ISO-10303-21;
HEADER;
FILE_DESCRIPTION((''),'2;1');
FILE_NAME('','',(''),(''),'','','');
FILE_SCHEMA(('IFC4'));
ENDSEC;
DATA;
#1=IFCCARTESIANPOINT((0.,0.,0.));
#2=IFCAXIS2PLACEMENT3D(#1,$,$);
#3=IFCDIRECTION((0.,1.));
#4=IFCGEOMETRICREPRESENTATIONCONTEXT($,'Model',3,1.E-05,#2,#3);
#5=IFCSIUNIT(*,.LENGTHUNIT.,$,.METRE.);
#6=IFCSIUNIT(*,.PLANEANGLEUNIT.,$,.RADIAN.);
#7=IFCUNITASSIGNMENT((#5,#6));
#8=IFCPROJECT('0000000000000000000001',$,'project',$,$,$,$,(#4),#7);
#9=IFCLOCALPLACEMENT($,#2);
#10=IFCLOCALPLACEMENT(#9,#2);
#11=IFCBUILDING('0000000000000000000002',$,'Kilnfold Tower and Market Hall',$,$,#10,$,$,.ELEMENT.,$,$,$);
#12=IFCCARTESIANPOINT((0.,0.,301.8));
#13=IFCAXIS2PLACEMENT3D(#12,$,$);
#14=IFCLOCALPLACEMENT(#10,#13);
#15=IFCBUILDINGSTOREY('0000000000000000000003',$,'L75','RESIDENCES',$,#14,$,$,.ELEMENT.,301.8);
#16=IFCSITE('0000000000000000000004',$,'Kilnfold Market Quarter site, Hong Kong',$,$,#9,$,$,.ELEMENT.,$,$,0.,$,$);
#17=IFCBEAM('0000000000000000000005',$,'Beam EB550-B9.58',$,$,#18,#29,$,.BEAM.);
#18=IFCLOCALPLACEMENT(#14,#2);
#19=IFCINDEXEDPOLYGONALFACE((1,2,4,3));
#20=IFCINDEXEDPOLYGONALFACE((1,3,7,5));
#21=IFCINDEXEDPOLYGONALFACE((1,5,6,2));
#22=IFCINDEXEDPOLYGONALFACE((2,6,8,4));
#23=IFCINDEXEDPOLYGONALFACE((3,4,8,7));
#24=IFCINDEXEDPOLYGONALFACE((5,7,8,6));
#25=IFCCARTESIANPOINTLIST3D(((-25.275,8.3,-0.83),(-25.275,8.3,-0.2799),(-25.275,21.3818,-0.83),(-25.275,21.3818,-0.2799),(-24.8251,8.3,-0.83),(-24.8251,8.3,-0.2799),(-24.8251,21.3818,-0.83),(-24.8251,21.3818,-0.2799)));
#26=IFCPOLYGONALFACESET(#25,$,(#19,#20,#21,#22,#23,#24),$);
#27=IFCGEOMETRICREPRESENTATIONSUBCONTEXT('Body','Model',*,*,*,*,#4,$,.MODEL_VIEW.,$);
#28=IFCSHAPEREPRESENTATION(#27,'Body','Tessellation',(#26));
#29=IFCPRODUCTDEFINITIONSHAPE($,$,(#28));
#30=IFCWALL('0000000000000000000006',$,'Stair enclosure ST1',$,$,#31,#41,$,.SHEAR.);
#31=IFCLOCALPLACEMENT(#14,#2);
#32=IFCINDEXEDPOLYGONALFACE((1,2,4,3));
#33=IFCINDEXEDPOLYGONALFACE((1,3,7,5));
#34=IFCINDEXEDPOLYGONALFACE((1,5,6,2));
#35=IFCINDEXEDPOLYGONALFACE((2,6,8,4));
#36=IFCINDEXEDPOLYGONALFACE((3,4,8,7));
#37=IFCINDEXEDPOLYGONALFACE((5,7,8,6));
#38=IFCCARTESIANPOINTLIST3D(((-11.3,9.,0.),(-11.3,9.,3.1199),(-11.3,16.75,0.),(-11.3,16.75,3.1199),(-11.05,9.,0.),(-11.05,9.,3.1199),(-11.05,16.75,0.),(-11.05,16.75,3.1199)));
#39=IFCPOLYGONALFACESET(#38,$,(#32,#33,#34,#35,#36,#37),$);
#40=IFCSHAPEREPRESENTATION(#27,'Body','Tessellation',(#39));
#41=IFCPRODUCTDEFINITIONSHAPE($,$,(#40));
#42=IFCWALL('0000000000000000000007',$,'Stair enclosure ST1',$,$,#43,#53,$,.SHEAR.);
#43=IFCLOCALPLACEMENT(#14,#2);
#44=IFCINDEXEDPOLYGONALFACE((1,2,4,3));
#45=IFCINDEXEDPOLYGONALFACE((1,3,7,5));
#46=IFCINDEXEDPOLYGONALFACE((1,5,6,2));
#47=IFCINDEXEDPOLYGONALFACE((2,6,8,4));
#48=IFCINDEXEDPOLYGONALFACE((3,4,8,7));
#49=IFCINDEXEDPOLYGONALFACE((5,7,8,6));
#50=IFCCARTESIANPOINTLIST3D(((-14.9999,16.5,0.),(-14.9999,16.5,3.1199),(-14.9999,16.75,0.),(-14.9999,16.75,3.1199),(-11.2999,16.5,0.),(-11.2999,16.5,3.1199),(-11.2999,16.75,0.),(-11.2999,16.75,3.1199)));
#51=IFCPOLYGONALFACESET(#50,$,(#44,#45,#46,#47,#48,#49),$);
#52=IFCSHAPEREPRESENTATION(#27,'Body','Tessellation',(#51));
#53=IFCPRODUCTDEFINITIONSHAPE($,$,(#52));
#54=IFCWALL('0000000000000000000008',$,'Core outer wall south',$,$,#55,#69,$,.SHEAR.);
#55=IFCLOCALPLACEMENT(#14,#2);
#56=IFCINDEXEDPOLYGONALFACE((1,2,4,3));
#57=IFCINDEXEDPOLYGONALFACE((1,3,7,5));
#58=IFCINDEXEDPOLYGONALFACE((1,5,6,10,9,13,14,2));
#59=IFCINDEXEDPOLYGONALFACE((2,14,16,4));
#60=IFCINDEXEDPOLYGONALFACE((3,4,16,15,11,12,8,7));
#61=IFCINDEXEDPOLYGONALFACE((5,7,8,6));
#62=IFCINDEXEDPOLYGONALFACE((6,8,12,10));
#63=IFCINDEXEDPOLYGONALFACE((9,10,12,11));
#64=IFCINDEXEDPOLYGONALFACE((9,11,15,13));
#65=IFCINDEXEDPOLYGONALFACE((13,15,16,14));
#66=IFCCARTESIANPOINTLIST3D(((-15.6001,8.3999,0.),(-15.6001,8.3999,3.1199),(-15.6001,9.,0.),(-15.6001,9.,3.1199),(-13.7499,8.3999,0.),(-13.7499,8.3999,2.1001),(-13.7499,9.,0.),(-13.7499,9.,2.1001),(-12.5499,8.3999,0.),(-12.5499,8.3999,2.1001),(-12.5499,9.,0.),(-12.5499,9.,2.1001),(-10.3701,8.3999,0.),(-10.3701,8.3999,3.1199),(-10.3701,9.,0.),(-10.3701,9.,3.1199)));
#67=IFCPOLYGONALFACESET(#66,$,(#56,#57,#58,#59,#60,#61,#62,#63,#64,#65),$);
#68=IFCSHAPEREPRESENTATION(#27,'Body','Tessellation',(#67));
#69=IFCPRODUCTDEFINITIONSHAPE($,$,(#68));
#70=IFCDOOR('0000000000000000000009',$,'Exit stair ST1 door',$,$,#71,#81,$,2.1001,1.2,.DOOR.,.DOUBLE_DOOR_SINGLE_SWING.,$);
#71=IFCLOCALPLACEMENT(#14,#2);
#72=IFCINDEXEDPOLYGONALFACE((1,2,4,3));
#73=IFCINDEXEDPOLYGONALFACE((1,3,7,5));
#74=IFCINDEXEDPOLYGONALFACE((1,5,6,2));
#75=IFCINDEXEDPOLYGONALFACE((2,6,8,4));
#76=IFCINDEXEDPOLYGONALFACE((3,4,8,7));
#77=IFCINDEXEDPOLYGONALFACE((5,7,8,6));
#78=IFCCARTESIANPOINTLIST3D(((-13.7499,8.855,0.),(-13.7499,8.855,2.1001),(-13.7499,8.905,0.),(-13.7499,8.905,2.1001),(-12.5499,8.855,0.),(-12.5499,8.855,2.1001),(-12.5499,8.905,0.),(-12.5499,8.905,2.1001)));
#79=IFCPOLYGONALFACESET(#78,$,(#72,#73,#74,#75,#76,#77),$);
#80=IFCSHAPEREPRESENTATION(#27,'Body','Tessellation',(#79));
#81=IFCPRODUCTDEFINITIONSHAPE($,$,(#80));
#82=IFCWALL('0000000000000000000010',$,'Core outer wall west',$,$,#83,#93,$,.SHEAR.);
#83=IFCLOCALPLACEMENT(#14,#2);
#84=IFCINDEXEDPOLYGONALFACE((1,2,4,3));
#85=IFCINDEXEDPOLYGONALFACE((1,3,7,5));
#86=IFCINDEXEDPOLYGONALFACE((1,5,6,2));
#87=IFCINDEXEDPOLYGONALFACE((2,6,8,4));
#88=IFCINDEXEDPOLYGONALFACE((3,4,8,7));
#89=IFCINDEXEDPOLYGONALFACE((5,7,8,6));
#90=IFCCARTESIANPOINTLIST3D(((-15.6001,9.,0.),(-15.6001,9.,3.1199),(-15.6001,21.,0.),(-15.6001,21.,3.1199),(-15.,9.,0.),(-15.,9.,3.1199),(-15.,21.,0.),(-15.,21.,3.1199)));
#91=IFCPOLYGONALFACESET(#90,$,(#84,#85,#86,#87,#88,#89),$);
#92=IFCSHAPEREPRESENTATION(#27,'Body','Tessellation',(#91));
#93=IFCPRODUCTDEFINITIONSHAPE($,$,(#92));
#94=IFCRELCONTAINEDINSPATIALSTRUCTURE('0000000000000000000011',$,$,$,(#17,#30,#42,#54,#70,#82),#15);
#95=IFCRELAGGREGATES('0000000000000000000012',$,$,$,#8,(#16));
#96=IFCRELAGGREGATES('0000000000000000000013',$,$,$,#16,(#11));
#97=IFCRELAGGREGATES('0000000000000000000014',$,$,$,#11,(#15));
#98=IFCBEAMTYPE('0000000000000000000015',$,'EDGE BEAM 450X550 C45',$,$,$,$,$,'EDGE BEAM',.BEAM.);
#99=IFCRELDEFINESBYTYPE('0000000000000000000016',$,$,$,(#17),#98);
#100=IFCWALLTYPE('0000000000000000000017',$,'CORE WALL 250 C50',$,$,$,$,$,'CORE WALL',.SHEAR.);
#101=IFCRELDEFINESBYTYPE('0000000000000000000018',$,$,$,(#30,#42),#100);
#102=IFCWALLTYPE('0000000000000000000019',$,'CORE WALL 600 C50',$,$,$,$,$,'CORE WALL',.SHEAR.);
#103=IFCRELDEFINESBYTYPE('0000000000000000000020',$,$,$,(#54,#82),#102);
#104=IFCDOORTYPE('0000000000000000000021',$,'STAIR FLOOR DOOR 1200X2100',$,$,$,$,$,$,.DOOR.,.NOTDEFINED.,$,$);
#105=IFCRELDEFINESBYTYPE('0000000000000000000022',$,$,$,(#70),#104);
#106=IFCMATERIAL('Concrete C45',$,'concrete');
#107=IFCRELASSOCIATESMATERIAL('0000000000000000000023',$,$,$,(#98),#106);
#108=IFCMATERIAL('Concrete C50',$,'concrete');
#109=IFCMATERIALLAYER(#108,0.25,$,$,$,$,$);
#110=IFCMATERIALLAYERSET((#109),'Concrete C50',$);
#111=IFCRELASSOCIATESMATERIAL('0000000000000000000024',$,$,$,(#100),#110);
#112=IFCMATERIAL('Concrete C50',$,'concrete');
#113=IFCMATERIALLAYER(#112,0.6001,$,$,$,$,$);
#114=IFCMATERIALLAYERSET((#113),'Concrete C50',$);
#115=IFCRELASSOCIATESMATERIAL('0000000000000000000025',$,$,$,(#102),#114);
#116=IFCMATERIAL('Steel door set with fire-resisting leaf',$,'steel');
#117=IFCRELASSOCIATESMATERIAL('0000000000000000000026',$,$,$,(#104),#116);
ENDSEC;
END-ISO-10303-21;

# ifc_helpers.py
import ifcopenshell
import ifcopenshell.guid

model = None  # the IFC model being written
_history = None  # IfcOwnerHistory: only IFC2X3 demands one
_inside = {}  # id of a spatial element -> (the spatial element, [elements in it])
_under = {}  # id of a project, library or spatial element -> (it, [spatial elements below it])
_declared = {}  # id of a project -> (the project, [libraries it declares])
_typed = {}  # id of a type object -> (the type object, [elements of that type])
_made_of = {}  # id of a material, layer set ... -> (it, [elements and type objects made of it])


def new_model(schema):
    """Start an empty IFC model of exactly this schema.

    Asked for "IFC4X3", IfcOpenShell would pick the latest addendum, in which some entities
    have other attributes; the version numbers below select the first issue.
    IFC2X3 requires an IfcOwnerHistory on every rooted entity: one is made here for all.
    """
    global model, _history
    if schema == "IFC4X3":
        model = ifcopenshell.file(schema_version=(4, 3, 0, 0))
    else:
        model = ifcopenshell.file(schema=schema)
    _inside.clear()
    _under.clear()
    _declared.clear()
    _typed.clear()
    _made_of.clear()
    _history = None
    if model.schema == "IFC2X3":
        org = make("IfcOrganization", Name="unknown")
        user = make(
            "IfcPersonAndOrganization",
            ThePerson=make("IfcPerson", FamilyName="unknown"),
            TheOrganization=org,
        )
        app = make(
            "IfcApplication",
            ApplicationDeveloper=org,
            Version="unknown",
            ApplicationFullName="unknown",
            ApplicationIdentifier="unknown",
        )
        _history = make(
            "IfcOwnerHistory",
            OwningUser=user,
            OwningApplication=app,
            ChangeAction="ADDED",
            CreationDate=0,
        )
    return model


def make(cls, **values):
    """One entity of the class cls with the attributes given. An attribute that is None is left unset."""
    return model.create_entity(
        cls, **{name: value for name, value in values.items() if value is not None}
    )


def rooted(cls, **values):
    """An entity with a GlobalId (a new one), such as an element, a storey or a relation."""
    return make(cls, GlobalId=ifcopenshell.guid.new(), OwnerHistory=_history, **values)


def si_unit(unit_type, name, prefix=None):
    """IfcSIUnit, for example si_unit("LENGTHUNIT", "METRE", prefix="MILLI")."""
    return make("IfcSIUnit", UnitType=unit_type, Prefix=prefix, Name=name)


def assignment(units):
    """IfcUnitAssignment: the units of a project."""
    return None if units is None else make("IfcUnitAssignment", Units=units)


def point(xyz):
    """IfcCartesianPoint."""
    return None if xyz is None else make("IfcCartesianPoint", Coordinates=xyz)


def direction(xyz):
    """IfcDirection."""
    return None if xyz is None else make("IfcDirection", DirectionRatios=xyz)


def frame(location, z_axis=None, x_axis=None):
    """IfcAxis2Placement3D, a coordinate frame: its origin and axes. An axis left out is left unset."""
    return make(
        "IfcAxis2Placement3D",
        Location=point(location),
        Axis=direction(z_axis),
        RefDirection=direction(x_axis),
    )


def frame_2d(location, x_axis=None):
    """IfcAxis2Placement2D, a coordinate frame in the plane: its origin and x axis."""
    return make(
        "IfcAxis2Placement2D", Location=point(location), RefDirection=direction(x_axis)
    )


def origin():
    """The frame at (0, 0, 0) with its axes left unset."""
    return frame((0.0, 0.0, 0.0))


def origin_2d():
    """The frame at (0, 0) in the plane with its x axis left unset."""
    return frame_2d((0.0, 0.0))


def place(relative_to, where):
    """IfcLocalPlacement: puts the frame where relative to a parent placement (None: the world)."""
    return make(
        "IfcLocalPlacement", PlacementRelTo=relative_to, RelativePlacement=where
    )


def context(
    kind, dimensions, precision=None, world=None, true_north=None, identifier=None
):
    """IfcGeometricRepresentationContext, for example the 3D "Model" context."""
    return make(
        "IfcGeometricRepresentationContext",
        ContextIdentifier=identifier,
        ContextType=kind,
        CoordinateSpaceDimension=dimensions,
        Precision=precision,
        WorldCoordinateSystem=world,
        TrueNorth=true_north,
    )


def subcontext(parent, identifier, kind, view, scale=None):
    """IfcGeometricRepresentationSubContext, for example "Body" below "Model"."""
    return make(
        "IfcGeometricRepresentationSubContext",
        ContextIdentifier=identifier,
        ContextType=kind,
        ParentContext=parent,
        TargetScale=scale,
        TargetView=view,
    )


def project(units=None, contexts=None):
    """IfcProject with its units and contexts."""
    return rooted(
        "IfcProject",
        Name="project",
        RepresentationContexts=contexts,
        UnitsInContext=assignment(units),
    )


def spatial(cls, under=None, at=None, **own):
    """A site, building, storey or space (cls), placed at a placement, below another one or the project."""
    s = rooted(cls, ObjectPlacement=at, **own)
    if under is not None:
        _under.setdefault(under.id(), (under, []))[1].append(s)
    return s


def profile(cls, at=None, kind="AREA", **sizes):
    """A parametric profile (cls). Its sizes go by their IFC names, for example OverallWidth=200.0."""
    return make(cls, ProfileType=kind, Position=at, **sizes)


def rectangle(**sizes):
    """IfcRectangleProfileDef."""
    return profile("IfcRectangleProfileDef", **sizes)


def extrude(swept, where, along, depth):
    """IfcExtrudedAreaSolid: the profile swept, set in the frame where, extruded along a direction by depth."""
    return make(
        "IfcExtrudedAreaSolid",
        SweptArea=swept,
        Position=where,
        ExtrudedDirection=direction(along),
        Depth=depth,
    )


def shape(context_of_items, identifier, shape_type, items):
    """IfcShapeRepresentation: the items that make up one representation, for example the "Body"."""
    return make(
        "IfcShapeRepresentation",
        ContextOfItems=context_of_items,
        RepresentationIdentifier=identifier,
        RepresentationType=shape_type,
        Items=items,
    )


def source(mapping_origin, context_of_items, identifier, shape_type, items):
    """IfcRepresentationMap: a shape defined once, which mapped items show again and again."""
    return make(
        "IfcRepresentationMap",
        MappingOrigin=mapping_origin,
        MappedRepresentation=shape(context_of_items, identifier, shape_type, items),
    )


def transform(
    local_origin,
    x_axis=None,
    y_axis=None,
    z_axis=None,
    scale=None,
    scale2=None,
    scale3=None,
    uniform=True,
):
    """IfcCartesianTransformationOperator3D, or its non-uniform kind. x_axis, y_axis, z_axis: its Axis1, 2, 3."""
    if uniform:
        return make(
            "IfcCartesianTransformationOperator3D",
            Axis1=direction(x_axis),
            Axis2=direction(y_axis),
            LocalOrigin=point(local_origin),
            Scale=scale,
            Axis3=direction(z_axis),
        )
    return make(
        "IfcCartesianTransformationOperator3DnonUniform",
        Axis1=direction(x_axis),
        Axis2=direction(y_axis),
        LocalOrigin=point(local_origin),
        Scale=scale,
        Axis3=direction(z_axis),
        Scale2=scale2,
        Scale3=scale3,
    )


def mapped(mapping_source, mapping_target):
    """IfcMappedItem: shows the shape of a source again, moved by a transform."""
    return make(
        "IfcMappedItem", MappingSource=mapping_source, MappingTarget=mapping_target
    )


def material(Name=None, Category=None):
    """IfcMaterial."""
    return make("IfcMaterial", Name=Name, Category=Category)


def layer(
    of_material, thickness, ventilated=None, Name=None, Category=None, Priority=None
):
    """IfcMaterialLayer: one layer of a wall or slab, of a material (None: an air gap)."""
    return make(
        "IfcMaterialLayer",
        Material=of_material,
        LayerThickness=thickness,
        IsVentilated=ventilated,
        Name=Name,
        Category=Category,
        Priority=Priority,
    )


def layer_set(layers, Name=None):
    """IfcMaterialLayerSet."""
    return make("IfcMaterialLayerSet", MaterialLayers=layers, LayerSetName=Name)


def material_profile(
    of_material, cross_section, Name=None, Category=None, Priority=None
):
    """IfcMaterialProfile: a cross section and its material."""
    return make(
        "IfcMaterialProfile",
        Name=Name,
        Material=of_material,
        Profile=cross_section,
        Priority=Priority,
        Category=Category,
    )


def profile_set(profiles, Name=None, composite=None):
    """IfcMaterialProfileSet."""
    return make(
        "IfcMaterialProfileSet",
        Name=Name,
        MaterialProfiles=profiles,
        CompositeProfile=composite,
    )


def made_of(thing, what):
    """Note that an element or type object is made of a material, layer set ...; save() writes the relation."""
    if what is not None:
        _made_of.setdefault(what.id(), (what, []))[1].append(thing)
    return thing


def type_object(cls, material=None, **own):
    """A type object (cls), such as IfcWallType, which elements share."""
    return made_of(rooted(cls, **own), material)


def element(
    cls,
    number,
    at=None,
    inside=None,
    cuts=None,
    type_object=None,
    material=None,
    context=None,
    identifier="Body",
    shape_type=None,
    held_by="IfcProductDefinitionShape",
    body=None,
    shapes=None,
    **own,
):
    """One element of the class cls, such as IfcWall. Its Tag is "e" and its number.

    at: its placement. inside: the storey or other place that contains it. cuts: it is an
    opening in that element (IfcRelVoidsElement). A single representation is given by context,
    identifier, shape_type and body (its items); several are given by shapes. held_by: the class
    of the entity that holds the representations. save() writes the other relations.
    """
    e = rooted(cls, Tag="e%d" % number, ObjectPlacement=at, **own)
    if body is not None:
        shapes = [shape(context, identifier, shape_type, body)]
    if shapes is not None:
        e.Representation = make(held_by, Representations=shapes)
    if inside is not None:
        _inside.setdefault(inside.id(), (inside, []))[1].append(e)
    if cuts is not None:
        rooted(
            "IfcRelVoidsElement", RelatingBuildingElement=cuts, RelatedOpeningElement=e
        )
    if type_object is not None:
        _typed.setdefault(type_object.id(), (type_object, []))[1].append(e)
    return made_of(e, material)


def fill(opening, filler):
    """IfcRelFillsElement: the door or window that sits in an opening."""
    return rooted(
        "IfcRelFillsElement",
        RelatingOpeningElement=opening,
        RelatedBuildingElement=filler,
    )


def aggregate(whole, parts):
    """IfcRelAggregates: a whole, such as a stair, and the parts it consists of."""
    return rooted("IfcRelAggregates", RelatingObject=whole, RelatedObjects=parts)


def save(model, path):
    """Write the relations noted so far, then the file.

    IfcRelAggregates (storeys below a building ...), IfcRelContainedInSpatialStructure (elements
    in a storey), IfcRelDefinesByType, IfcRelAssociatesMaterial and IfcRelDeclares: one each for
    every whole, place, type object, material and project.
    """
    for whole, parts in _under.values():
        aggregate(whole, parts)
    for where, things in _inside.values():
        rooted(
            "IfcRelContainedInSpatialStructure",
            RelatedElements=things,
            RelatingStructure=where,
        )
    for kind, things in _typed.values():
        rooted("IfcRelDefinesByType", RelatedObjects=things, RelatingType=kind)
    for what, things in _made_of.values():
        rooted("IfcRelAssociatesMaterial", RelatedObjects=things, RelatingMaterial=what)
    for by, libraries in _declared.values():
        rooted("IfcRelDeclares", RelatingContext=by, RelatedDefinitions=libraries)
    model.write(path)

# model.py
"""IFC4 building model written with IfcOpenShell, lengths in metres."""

from ifc_helpers import new_model, si_unit, direction, frame, frame_2d, origin, origin_2d, place, context, subcontext, project, spatial, rectangle, extrude, source, transform, mapped, material, layer, layer_set, material_profile, profile_set, type_object, element, fill, save


model = new_model("IFC4")

# Units and contexts
model_context = context("Model", 3, precision=1e-05, world=origin(), true_north=direction((0.0, 1.0)))
body_context = subcontext(model_context, "Body", "Model", "MODEL_VIEW")
ifc_project = project(units=[si_unit("LENGTHUNIT", "METRE"), si_unit("PLANEANGLEUNIT", "RADIAN")], contexts=[model_context])

# Site, building, storey
site_placement = place(None, origin())
site = spatial("IfcSite", under=ifc_project, at=site_placement, Name="Kilnfold Market Quarter site, Hong Kong", CompositionType="ELEMENT", RefElevation=0.0)
building_placement = place(site_placement, origin())
building = spatial("IfcBuilding", under=site, at=building_placement, Name="Kilnfold Tower and Market Hall", CompositionType="ELEMENT")
storey_placement = place(building_placement, frame((0.0, 0.0, 301.8)))
storey = spatial("IfcBuildingStorey", under=building, at=storey_placement, Name="L75", Description="RESIDENCES", CompositionType="ELEMENT", Elevation=301.8)

# Beam
ifc_material_1 = material(Name="Concrete C45", Category="concrete")
ifc_material_profile = material_profile(ifc_material_1, rectangle(XDim=0.45, YDim=0.55, at=origin_2d()), Name="RC 450x550")
ifc_profile_set = profile_set([ifc_material_profile], Name="Concrete C45")
beam_type = type_object("IfcBeamType", Name="EDGE BEAM 450X550 C45", ElementType="EDGE BEAM", PredefinedType="BEAM", material=ifc_profile_set)
shared_shape_1 = source(origin(), body_context, "Body", "SweptSolid", [
    extrude(rectangle(XDim=0.45, YDim=0.55, at=origin_2d()), origin(), (0.0, 0.0, 1.0), 13.0818),
])
beam_placement = place(storey_placement, frame((-25.05, 8.3, -0.5549), z_axis=(0.0, 1.0, 0.0), x_axis=(-1.0, 0.0, 0.0)))
element("IfcBeam", 1, at=beam_placement, inside=storey, type_object=beam_type, Name="Beam EB550-B9.58", PredefinedType="BEAM", context=body_context, shape_type="MappedRepresentation", body=[
    mapped(shared_shape_1, transform((0.0, 0.0, 0.0))),
])

# Walls
ifc_material_2 = material(Name="Concrete C50", Category="concrete")
ifc_layer_1 = layer(ifc_material_2, 0.25)
ifc_layer_set_1 = layer_set([ifc_layer_1], Name="Concrete C50")
wall_type_1 = type_object("IfcWallType", Name="CORE WALL 250 C50", ElementType="CORE WALL", PredefinedType="SHEAR", material=ifc_layer_set_1)
shared_shape_2 = source(origin(), body_context, "Body", "SweptSolid", [
    extrude(rectangle(XDim=7.75, YDim=0.25, at=frame_2d((3.875, 0.0))), origin(), (0.0, 0.0, 1.0), 3.1199),
])
wall_1_placement = place(storey_placement, frame((-11.175, 9.0, 0.0), z_axis=(0.0, 0.0, 1.0), x_axis=(0.0, 1.0, 0.0)))
element("IfcWall", 2, at=wall_1_placement, inside=storey, type_object=wall_type_1, Name="Stair enclosure ST1", PredefinedType="SHEAR", context=body_context, shape_type="MappedRepresentation", body=[
    mapped(shared_shape_2, transform((0.0, 0.0, 0.0))),
])
shared_shape_3 = source(origin(), body_context, "Body", "SweptSolid", [
    extrude(rectangle(XDim=3.7, YDim=0.25, at=frame_2d((1.8501, 0.0))), origin(), (0.0, 0.0, 1.0), 3.1199),
])
wall_2_placement = place(storey_placement, frame((-15.0, 16.625, 0.0), z_axis=(0.0, 0.0, 1.0), x_axis=(1.0, 0.0, 0.0)))
element("IfcWall", 3, at=wall_2_placement, inside=storey, type_object=wall_type_1, Name="Stair enclosure ST1", PredefinedType="SHEAR", context=body_context, shape_type="MappedRepresentation", body=[
    mapped(shared_shape_3, transform((0.0, 0.0, 0.0))),
])

# Wall, opening, door
ifc_material_3 = material(Name="Concrete C50", Category="concrete")
ifc_layer_2 = layer(ifc_material_3, 0.6001)
ifc_layer_set_2 = layer_set([ifc_layer_2], Name="Concrete C50")
wall_type_2 = type_object("IfcWallType", Name="CORE WALL 600 C50", ElementType="CORE WALL", PredefinedType="SHEAR", material=ifc_layer_set_2)
shared_shape_4 = source(origin(), body_context, "Body", "SweptSolid", [
    extrude(rectangle(XDim=5.23, YDim=0.6001, at=frame_2d((2.615, 0.0))), origin(), (0.0, 0.0, 1.0), 3.1199),
])
wall_3_placement = place(storey_placement, frame((-15.6001, 8.7, 0.0), z_axis=(0.0, 0.0, 1.0), x_axis=(1.0, 0.0, 0.0)))
wall_3 = element("IfcWall", 4, at=wall_3_placement, inside=storey, type_object=wall_type_2, Name="Core outer wall south", PredefinedType="SHEAR", context=body_context, shape_type="MappedRepresentation", body=[
    mapped(shared_shape_4, transform((0.0, 0.0, 0.0))),
])
opening_placement = place(wall_3_placement, frame((1.8501, 0.0, 0.0)))
opening = element("IfcOpeningElement", 5, at=opening_placement, cuts=wall_3, PredefinedType="OPENING", context=body_context, shape_type="SweptSolid", body=[
    extrude(rectangle(XDim=1.2, YDim=2.1001, at=frame_2d((0.6001, 1.05))), frame((0.0, 0.3101, 0.0), z_axis=(0.0, -1.0, 0.0), x_axis=(1.0, 0.0, 0.0)), (0.0, 0.0, 1.0), 0.6201),
])
ifc_material_4 = material(Name="Steel door set with fire-resisting leaf", Category="steel")
door_type = type_object("IfcDoorType", Name="STAIR FLOOR DOOR 1200X2100", OperationType="NOTDEFINED", PredefinedType="DOOR", material=ifc_material_4)
door_placement = place(opening_placement, origin())
door = element("IfcDoor", 6, at=door_placement, inside=storey, type_object=door_type, Name="Exit stair ST1 door", OperationType="DOUBLE_DOOR_SINGLE_SWING", OverallHeight=2.1001, OverallWidth=1.2, PredefinedType="DOOR", context=body_context, shape_type="SweptSolid", body=[
    extrude(rectangle(XDim=1.2, YDim=2.1001, at=frame_2d((0.6001, 1.05))), frame((0.0, 0.2051, 0.0), z_axis=(0.0, -1.0, 0.0), x_axis=(1.0, 0.0, 0.0)), (0.0, 0.0, 1.0), 0.05),
])
fill(opening, door)

# Wall
shared_shape_5 = source(origin(), body_context, "Body", "SweptSolid", [
    extrude(rectangle(XDim=12.0, YDim=0.6001, at=frame_2d((6.0, 0.0))), origin(), (0.0, 0.0, 1.0), 3.1199),
])
wall_4_placement = place(storey_placement, frame((-15.3, 9.0, 0.0), z_axis=(0.0, 0.0, 1.0), x_axis=(0.0, 1.0, 0.0)))
element("IfcWall", 7, at=wall_4_placement, inside=storey, type_object=wall_type_2, Name="Core outer wall west", PredefinedType="SHEAR", context=body_context, shape_type="MappedRepresentation", body=[
    mapped(shared_shape_5, transform((0.0, 0.0, 0.0))),
])

save(model, "model.ifc")
